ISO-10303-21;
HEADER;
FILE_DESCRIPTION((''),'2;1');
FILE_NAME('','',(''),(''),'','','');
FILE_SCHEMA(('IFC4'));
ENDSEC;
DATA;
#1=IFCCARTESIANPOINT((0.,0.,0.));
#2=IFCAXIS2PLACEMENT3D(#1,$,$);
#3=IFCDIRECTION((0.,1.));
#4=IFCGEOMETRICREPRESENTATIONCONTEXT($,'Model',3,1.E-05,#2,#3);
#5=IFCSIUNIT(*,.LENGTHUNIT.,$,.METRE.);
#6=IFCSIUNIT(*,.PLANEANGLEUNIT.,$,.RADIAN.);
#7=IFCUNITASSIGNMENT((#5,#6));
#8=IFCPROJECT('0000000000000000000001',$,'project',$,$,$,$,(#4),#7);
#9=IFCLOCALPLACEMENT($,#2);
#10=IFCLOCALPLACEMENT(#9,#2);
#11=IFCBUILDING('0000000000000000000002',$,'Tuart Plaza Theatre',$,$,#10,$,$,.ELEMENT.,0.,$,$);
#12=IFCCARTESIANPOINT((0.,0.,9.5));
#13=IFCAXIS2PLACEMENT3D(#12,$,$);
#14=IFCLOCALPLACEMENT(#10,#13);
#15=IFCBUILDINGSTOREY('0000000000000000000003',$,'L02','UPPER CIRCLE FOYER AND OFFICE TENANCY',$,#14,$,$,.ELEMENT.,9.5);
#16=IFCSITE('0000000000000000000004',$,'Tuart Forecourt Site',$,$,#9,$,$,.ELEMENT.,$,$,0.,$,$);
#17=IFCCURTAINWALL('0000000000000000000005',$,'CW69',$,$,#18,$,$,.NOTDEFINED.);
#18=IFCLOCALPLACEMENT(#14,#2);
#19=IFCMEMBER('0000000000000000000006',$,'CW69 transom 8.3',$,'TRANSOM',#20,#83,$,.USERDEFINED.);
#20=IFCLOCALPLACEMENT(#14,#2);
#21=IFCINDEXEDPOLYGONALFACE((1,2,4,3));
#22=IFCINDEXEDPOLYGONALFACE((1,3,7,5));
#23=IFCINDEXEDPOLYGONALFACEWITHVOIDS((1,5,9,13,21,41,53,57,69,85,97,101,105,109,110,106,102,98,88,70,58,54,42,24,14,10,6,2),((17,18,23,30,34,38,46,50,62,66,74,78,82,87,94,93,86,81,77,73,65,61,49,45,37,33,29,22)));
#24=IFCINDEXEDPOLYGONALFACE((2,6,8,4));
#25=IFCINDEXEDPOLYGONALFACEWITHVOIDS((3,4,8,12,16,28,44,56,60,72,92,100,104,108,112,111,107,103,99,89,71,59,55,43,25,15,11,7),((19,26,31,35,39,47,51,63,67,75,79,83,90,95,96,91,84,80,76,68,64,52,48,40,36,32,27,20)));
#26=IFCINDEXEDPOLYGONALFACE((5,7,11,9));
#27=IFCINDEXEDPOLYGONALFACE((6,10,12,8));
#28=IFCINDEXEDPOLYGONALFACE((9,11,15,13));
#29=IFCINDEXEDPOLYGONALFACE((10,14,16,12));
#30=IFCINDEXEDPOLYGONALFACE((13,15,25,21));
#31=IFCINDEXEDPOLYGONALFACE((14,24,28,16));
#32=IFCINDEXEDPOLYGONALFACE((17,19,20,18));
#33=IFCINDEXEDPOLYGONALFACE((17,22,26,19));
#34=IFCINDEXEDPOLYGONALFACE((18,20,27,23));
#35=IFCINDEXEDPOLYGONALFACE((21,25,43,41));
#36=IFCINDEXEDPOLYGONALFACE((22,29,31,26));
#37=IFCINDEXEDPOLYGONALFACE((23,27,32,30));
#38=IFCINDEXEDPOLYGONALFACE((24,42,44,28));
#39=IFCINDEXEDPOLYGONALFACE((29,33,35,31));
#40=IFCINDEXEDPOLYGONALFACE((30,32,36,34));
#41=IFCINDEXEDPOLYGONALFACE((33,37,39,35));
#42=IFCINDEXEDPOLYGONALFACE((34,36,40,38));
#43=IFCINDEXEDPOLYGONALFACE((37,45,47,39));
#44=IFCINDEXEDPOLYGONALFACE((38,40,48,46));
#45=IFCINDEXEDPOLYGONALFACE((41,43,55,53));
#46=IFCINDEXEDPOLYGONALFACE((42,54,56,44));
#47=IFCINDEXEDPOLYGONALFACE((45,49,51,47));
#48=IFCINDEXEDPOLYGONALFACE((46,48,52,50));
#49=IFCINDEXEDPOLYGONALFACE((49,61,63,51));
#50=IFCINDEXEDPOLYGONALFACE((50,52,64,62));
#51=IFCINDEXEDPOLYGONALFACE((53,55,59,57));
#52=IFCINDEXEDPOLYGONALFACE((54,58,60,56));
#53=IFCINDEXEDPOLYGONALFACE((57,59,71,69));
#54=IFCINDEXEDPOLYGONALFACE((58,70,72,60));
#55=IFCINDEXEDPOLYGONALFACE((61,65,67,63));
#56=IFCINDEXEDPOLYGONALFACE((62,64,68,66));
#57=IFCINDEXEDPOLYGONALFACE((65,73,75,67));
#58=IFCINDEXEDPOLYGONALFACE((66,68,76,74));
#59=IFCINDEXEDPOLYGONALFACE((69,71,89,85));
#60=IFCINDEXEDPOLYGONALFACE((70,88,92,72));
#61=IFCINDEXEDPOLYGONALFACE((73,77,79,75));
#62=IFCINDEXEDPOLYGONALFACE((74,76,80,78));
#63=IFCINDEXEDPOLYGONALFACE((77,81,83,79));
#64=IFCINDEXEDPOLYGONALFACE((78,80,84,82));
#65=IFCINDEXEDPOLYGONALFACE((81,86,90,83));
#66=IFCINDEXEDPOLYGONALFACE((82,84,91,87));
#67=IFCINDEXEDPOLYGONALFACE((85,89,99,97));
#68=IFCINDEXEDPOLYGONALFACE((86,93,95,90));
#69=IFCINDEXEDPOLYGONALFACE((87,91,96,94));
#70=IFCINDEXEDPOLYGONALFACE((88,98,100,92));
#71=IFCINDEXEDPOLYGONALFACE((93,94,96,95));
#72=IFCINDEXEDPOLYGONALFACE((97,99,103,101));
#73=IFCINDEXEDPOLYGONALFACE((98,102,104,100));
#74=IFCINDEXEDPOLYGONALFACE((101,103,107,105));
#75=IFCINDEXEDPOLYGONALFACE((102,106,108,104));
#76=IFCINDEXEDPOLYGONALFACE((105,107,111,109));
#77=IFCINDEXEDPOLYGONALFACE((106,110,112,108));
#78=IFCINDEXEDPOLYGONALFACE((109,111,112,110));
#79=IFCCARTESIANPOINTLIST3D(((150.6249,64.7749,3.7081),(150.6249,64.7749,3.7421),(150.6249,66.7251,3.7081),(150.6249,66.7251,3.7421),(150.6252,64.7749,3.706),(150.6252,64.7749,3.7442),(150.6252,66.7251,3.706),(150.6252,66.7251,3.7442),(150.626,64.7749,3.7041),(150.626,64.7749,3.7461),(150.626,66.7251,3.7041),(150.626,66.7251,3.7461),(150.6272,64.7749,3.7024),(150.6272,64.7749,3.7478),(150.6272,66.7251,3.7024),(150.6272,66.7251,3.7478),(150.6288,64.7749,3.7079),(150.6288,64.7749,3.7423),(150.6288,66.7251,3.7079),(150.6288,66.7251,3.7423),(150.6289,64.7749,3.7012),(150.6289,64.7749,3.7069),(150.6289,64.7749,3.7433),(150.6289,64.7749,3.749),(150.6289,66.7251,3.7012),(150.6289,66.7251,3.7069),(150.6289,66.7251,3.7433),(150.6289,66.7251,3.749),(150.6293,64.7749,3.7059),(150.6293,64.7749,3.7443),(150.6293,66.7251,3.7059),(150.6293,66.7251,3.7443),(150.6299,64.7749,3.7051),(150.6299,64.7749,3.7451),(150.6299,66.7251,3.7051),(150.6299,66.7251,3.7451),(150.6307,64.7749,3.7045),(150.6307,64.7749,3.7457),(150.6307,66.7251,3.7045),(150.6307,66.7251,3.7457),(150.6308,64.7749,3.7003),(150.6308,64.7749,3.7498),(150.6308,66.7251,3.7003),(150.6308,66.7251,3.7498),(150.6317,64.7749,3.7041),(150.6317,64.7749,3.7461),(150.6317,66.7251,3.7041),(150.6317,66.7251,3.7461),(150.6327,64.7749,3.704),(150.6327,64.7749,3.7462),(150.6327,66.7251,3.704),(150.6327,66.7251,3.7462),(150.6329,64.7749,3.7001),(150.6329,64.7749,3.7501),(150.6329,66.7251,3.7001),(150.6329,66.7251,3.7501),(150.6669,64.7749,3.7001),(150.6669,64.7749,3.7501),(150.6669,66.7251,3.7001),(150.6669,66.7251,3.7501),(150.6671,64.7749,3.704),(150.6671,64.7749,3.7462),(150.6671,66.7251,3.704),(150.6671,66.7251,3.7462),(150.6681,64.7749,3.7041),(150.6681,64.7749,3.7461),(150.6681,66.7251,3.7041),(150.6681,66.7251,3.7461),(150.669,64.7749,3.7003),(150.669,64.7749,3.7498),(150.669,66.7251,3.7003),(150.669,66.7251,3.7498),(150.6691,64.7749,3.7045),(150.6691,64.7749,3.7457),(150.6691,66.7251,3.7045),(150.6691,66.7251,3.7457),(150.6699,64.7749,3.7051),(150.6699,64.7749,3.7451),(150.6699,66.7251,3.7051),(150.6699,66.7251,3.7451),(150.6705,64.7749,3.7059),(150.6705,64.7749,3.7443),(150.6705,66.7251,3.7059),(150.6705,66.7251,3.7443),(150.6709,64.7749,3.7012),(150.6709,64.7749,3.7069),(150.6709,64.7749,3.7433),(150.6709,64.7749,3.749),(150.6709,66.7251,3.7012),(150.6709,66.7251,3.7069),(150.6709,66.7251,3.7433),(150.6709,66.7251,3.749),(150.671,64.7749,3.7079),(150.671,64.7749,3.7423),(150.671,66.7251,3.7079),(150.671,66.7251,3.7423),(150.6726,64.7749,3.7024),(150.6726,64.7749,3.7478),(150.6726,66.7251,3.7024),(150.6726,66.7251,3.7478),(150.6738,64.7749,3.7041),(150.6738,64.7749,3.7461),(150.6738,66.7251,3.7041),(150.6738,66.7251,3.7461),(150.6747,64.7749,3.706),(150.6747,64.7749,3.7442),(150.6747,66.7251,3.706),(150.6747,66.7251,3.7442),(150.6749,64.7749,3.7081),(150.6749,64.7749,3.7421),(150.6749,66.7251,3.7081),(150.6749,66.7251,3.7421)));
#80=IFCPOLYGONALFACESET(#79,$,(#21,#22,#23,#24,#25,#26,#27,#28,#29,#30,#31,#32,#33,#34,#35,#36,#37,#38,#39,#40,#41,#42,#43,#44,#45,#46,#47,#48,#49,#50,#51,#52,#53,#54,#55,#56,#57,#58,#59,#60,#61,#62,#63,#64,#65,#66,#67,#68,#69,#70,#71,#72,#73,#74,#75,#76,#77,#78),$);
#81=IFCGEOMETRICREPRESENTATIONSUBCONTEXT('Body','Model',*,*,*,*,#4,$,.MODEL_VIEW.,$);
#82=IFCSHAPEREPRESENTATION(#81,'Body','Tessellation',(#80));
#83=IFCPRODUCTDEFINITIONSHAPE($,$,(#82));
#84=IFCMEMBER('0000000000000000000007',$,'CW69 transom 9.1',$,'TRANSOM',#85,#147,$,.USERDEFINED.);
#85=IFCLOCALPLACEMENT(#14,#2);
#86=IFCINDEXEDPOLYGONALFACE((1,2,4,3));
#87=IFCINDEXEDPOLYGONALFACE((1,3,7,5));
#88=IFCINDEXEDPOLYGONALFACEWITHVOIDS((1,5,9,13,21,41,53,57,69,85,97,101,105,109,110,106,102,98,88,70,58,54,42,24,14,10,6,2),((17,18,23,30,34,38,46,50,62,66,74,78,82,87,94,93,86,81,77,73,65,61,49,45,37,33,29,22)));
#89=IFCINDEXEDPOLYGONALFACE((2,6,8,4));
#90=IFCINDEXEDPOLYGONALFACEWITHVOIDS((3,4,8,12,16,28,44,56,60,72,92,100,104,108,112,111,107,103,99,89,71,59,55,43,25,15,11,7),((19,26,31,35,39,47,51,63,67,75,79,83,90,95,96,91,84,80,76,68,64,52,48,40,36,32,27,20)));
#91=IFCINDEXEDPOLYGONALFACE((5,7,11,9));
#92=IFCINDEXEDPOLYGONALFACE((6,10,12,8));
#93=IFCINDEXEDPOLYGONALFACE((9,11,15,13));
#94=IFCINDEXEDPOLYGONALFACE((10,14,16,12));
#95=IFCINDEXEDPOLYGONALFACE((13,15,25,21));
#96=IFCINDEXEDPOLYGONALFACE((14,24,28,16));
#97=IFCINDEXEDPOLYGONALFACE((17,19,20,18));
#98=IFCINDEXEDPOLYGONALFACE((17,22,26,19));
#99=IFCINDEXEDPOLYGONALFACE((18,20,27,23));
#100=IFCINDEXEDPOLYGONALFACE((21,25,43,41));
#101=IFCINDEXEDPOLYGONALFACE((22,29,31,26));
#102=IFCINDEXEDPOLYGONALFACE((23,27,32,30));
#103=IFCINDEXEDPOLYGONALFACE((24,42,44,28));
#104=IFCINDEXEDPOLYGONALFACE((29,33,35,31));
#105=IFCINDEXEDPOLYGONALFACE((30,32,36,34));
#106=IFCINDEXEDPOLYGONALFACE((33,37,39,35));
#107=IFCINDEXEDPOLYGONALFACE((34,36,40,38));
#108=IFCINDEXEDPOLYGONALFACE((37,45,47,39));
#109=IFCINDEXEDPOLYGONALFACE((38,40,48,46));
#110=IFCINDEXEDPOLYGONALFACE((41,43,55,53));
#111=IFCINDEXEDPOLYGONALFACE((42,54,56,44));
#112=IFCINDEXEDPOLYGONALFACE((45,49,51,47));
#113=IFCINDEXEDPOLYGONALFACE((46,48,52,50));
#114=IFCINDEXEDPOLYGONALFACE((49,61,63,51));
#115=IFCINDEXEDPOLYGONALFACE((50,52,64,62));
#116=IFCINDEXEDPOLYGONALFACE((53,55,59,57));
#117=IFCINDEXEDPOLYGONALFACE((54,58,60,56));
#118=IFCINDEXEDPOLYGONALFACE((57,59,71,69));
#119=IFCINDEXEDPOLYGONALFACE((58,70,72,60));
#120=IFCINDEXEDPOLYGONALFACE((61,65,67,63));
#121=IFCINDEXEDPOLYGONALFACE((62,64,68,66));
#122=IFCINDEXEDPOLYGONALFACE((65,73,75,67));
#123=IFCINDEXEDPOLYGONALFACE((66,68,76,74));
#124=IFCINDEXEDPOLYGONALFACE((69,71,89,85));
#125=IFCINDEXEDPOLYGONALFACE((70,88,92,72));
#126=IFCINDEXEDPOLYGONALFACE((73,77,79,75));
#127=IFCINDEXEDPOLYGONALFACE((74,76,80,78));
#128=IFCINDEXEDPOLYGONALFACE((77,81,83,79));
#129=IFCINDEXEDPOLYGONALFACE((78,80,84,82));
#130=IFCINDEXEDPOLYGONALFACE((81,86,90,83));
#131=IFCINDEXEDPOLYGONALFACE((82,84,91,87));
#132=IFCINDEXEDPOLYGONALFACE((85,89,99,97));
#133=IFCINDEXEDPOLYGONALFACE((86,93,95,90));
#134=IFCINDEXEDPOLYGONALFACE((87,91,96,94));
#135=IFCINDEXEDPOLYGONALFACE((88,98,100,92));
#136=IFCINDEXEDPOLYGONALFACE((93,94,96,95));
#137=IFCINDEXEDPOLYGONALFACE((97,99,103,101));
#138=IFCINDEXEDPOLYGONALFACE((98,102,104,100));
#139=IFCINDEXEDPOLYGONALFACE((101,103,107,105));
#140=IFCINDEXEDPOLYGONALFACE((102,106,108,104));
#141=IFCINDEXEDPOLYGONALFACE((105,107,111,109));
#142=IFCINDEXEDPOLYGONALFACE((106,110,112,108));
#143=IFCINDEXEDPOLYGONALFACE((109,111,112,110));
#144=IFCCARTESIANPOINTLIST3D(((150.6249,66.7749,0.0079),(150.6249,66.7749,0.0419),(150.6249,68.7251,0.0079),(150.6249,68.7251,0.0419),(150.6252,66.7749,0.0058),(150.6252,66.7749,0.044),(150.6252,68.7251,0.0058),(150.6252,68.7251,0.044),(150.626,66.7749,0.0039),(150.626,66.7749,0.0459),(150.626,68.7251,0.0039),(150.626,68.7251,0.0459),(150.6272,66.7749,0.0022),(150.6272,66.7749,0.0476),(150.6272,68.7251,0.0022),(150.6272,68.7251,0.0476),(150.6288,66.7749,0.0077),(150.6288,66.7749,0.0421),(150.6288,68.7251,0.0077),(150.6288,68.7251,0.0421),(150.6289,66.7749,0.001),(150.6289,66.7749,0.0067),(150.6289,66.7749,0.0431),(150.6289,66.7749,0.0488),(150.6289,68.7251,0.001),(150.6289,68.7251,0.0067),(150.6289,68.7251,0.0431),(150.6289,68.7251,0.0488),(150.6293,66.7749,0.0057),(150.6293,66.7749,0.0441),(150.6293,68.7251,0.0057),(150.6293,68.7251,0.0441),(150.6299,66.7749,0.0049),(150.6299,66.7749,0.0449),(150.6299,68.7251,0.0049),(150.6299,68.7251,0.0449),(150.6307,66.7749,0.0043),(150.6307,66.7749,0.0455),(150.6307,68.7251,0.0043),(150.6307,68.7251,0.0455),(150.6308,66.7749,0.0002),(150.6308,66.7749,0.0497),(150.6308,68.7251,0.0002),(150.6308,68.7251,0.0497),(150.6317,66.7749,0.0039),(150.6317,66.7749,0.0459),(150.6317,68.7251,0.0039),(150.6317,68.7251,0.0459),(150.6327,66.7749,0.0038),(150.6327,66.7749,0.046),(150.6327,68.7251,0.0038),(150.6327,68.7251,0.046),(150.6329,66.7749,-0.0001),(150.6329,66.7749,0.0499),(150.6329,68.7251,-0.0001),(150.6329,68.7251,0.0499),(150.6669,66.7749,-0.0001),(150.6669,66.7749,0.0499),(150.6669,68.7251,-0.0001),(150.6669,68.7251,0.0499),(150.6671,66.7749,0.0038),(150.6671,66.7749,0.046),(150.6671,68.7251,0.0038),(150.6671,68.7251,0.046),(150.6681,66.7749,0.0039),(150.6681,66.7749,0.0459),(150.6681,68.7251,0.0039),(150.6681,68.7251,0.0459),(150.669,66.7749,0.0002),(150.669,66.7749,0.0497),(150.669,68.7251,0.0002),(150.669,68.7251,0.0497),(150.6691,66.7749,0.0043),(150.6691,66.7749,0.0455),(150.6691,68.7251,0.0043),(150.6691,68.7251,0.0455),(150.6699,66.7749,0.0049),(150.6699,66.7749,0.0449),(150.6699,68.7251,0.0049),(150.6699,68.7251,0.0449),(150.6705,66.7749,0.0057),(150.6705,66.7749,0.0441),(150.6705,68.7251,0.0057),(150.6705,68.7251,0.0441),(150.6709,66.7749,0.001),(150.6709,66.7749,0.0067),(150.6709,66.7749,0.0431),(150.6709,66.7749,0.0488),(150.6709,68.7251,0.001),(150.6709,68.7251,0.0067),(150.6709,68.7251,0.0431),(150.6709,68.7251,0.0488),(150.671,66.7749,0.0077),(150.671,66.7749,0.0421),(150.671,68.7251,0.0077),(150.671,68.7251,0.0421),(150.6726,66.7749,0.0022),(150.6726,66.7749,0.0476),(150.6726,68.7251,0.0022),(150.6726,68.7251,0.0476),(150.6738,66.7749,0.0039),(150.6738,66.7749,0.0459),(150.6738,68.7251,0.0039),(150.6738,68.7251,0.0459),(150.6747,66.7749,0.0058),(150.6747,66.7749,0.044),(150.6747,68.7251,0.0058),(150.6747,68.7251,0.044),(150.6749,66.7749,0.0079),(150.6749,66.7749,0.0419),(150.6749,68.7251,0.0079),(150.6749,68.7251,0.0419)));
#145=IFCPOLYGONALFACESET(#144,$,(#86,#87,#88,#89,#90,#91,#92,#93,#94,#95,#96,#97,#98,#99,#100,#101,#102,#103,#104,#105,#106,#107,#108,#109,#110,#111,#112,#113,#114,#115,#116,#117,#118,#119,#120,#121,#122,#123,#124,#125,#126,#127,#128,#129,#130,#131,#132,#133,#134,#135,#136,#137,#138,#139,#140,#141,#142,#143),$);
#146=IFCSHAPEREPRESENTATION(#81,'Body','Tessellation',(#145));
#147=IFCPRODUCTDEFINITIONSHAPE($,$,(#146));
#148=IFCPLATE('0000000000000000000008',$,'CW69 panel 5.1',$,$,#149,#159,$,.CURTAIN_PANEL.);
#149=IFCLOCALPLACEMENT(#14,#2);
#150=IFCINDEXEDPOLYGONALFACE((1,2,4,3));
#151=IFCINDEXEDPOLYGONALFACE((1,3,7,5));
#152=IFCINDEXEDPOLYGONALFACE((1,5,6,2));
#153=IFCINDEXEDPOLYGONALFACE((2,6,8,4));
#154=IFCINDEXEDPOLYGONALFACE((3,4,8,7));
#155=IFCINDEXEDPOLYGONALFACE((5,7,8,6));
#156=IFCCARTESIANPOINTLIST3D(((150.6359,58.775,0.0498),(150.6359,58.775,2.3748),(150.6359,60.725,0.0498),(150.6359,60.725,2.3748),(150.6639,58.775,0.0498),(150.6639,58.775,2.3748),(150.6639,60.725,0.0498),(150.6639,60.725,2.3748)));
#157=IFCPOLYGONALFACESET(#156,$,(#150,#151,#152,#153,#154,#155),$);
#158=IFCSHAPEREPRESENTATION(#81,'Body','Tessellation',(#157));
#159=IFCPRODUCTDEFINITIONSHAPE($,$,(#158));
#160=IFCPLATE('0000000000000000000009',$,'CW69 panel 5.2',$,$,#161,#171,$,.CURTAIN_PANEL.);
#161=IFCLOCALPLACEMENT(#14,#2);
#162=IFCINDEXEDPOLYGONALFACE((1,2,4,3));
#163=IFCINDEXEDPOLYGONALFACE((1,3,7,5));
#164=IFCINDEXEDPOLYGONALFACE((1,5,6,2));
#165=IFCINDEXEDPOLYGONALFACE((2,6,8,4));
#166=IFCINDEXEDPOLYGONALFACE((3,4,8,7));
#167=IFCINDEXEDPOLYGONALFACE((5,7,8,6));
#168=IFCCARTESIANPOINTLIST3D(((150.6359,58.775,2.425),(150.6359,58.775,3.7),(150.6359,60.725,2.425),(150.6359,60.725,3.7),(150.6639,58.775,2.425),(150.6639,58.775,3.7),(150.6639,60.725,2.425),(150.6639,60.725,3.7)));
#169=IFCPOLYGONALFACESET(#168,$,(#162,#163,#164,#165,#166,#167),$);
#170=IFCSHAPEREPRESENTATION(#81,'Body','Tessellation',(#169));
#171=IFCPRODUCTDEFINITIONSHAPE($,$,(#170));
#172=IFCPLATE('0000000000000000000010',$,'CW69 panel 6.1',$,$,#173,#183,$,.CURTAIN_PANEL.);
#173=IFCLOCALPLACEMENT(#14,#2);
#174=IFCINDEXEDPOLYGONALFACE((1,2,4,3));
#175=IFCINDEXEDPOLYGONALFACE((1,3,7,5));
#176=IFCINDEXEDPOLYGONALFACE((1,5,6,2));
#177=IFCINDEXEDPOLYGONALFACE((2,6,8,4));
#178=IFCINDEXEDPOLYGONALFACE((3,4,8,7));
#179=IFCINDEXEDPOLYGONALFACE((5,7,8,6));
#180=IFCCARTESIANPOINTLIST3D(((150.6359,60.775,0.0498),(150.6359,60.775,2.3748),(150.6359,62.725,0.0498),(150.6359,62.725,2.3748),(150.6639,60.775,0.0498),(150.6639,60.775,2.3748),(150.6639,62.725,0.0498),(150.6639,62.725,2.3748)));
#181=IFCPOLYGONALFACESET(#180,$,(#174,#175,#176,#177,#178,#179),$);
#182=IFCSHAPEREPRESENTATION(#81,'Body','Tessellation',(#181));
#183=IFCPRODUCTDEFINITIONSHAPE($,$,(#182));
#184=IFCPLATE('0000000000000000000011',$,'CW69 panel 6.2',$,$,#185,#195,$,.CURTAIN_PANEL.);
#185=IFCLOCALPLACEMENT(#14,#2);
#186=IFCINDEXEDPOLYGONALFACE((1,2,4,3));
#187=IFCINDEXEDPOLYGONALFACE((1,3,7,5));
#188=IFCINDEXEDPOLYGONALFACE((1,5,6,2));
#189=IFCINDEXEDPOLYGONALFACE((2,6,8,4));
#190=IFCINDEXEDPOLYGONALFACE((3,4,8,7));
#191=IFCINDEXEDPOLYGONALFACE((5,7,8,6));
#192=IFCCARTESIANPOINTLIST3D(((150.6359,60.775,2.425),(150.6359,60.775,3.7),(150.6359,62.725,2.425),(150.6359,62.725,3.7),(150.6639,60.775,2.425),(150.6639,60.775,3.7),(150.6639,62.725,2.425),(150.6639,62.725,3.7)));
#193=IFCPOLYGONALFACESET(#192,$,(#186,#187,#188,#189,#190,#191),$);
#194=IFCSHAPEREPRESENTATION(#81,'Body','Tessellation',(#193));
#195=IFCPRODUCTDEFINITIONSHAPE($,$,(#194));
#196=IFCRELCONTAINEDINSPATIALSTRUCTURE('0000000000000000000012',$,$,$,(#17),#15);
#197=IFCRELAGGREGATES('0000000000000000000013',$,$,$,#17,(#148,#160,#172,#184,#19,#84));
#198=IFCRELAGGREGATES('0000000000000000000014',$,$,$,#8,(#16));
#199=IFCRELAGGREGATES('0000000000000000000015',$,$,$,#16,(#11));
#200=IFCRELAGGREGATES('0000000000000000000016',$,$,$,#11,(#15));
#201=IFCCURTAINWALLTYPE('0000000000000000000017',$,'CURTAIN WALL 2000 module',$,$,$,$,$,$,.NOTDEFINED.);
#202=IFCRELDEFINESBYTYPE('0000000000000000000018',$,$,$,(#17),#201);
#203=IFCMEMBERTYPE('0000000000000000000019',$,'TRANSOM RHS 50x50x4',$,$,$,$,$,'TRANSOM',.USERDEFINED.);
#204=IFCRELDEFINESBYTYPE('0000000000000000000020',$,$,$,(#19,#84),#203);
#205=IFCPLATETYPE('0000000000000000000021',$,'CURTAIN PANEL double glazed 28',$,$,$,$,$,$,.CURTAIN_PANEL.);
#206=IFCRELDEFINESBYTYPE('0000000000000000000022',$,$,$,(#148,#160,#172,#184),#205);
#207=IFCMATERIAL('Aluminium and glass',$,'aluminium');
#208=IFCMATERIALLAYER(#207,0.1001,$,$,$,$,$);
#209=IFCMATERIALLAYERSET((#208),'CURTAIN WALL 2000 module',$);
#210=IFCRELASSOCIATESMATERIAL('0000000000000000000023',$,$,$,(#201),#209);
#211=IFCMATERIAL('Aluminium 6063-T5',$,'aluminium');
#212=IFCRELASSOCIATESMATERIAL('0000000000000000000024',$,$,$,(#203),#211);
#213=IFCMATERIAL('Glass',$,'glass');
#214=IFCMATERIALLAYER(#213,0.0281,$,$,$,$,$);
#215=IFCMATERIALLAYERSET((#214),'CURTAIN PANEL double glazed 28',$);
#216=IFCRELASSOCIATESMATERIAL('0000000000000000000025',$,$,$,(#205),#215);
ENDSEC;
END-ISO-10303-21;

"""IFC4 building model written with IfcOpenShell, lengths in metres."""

from ifc_helpers import new_model, si_unit, direction, frame, origin, origin_2d, place, context, subcontext, project, spatial, rectangle, hollow_rectangle, extrude, material, layer, layer_set, material_profile, profile_set, type_object, element, aggregate, save


model = new_model("IFC4")

# Units and contexts
model_context = context("Model", 3, precision=1e-05, world=origin(), true_north=direction((0.0, 1.0)))
body_context = subcontext(model_context, "Body", "Model", "MODEL_VIEW")
ifc_project = project(units=[si_unit("LENGTHUNIT", "METRE"), si_unit("PLANEANGLEUNIT", "RADIAN")], contexts=[model_context])

# Site, building, storey
site_placement = place(None, origin())
site = spatial("IfcSite", under=ifc_project, at=site_placement, Name="Tuart Forecourt Site", CompositionType="ELEMENT", RefElevation=0.0)
building_placement = place(site_placement, origin())
building = spatial("IfcBuilding", under=site, at=building_placement, Name="Tuart Plaza Theatre", CompositionType="ELEMENT", ElevationOfRefHeight=0.0)
storey_placement = place(building_placement, frame((0.0, 0.0, 9.5)))
storey = spatial("IfcBuildingStorey", under=building, at=storey_placement, Name="L02", Description="UPPER CIRCLE FOYER AND OFFICE TENANCY", CompositionType="ELEMENT", Elevation=9.5)

# Curtain wall, members, plates
ifc_material_1 = material(Name="Aluminium and glass", Category="aluminium")
ifc_layer_1 = layer(ifc_material_1, 0.1001)
ifc_layer_set_1 = layer_set([ifc_layer_1], Name="CURTAIN WALL 2000 module")
curtain_wall_type = type_object("IfcCurtainWallType", Name="CURTAIN WALL 2000 module", PredefinedType="NOTDEFINED", material=ifc_layer_set_1)
curtain_wall_placement = place(storey_placement, origin())
curtain_wall = element("IfcCurtainWall", 1, at=curtain_wall_placement, inside=storey, type_object=curtain_wall_type, Name="CW69", PredefinedType="NOTDEFINED")
ifc_material_2 = material(Name="Aluminium 6063-T5", Category="aluminium")
ifc_material_profile_1 = material_profile(ifc_material_2, hollow_rectangle(XDim=0.05, YDim=0.05, WallThickness=0.0039, InnerFilletRadius=0.0039, OuterFilletRadius=0.0081, at=origin_2d()), Name="RHS 50x50x4")
ifc_profile_set_1 = profile_set([ifc_material_profile_1], Name="Aluminium 6063-T5")
member_type_1 = type_object("IfcMemberType", Name="TRANSOM RHS 50x50x4", ElementType="TRANSOM", PredefinedType="USERDEFINED", material=ifc_profile_set_1)
member_1_placement = place(storey_placement, frame((150.6499, 64.7749, 3.7251), z_axis=(0.0, 1.0, 0.0), x_axis=(-1.0, 0.0, 0.0)))
member_1 = element("IfcMember", 2, at=member_1_placement, type_object=member_type_1, Name="CW69 transom 8.3", ObjectType="TRANSOM", PredefinedType="USERDEFINED", context=body_context, shape_type="SweptSolid", body=[
    extrude(hollow_rectangle(XDim=0.05, YDim=0.05, WallThickness=0.0039, InnerFilletRadius=0.0039, OuterFilletRadius=0.0081, at=origin_2d()), origin(), (0.0, 0.0, 1.0), 1.9502),
])
member_2_placement = place(storey_placement, frame((150.6499, 66.7749, 0.0249), z_axis=(0.0, 1.0, 0.0), x_axis=(-1.0, 0.0, 0.0)))
member_2 = element("IfcMember", 3, at=member_2_placement, type_object=member_type_1, Name="CW69 transom 9.1", ObjectType="TRANSOM", PredefinedType="USERDEFINED", context=body_context, shape_type="SweptSolid", body=[
    extrude(hollow_rectangle(XDim=0.05, YDim=0.05, WallThickness=0.0039, InnerFilletRadius=0.0039, OuterFilletRadius=0.0081, at=origin_2d()), origin(), (0.0, 0.0, 1.0), 1.9502),
])
ifc_material_3 = material(Name="Glass", Category="glass")
ifc_layer_2 = layer(ifc_material_3, 0.0281)
ifc_layer_set_2 = layer_set([ifc_layer_2], Name="CURTAIN PANEL double glazed 28")
plate_type = type_object("IfcPlateType", Name="CURTAIN PANEL double glazed 28", PredefinedType="CURTAIN_PANEL", material=ifc_layer_set_2)
plate_1_placement = place(storey_placement, frame((150.6499, 59.75, 0.0498), z_axis=(0.0, 0.0, 1.0), x_axis=(0.0, 1.0, 0.0)))
plate_1 = element("IfcPlate", 4, at=plate_1_placement, type_object=plate_type, Name="CW69 panel 5.1", PredefinedType="CURTAIN_PANEL", context=body_context, shape_type="SweptSolid", body=[
    extrude(rectangle(XDim=1.95, YDim=0.0281, at=origin_2d()), origin(), (0.0, 0.0, 1.0), 2.325),
])
plate_2_placement = place(storey_placement, frame((150.6499, 59.75, 2.425), z_axis=(0.0, 0.0, 1.0), x_axis=(0.0, 1.0, 0.0)))
plate_2 = element("IfcPlate", 5, at=plate_2_placement, type_object=plate_type, Name="CW69 panel 5.2", PredefinedType="CURTAIN_PANEL", context=body_context, shape_type="SweptSolid", body=[
    extrude(rectangle(XDim=1.95, YDim=0.0281, at=origin_2d()), origin(), (0.0, 0.0, 1.0), 1.2749),
])
plate_3_placement = place(storey_placement, frame((150.6499, 61.75, 0.0498), z_axis=(0.0, 0.0, 1.0), x_axis=(0.0, 1.0, 0.0)))
plate_3 = element("IfcPlate", 6, at=plate_3_placement, type_object=plate_type, Name="CW69 panel 6.1", PredefinedType="CURTAIN_PANEL", context=body_context, shape_type="SweptSolid", body=[
    extrude(rectangle(XDim=1.95, YDim=0.0281, at=origin_2d()), origin(), (0.0, 0.0, 1.0), 2.325),
])
plate_4_placement = place(storey_placement, frame((150.6499, 61.75, 2.425), z_axis=(0.0, 0.0, 1.0), x_axis=(0.0, 1.0, 0.0)))
plate_4 = element("IfcPlate", 7, at=plate_4_placement, type_object=plate_type, Name="CW69 panel 6.2", PredefinedType="CURTAIN_PANEL", context=body_context, shape_type="SweptSolid", body=[
    extrude(rectangle(XDim=1.95, YDim=0.0281, at=origin_2d()), origin(), (0.0, 0.0, 1.0), 1.2749),
])
aggregate(curtain_wall, [plate_1, plate_2, plate_3, plate_4, member_1, member_2])

save(model, "model.ifc")
